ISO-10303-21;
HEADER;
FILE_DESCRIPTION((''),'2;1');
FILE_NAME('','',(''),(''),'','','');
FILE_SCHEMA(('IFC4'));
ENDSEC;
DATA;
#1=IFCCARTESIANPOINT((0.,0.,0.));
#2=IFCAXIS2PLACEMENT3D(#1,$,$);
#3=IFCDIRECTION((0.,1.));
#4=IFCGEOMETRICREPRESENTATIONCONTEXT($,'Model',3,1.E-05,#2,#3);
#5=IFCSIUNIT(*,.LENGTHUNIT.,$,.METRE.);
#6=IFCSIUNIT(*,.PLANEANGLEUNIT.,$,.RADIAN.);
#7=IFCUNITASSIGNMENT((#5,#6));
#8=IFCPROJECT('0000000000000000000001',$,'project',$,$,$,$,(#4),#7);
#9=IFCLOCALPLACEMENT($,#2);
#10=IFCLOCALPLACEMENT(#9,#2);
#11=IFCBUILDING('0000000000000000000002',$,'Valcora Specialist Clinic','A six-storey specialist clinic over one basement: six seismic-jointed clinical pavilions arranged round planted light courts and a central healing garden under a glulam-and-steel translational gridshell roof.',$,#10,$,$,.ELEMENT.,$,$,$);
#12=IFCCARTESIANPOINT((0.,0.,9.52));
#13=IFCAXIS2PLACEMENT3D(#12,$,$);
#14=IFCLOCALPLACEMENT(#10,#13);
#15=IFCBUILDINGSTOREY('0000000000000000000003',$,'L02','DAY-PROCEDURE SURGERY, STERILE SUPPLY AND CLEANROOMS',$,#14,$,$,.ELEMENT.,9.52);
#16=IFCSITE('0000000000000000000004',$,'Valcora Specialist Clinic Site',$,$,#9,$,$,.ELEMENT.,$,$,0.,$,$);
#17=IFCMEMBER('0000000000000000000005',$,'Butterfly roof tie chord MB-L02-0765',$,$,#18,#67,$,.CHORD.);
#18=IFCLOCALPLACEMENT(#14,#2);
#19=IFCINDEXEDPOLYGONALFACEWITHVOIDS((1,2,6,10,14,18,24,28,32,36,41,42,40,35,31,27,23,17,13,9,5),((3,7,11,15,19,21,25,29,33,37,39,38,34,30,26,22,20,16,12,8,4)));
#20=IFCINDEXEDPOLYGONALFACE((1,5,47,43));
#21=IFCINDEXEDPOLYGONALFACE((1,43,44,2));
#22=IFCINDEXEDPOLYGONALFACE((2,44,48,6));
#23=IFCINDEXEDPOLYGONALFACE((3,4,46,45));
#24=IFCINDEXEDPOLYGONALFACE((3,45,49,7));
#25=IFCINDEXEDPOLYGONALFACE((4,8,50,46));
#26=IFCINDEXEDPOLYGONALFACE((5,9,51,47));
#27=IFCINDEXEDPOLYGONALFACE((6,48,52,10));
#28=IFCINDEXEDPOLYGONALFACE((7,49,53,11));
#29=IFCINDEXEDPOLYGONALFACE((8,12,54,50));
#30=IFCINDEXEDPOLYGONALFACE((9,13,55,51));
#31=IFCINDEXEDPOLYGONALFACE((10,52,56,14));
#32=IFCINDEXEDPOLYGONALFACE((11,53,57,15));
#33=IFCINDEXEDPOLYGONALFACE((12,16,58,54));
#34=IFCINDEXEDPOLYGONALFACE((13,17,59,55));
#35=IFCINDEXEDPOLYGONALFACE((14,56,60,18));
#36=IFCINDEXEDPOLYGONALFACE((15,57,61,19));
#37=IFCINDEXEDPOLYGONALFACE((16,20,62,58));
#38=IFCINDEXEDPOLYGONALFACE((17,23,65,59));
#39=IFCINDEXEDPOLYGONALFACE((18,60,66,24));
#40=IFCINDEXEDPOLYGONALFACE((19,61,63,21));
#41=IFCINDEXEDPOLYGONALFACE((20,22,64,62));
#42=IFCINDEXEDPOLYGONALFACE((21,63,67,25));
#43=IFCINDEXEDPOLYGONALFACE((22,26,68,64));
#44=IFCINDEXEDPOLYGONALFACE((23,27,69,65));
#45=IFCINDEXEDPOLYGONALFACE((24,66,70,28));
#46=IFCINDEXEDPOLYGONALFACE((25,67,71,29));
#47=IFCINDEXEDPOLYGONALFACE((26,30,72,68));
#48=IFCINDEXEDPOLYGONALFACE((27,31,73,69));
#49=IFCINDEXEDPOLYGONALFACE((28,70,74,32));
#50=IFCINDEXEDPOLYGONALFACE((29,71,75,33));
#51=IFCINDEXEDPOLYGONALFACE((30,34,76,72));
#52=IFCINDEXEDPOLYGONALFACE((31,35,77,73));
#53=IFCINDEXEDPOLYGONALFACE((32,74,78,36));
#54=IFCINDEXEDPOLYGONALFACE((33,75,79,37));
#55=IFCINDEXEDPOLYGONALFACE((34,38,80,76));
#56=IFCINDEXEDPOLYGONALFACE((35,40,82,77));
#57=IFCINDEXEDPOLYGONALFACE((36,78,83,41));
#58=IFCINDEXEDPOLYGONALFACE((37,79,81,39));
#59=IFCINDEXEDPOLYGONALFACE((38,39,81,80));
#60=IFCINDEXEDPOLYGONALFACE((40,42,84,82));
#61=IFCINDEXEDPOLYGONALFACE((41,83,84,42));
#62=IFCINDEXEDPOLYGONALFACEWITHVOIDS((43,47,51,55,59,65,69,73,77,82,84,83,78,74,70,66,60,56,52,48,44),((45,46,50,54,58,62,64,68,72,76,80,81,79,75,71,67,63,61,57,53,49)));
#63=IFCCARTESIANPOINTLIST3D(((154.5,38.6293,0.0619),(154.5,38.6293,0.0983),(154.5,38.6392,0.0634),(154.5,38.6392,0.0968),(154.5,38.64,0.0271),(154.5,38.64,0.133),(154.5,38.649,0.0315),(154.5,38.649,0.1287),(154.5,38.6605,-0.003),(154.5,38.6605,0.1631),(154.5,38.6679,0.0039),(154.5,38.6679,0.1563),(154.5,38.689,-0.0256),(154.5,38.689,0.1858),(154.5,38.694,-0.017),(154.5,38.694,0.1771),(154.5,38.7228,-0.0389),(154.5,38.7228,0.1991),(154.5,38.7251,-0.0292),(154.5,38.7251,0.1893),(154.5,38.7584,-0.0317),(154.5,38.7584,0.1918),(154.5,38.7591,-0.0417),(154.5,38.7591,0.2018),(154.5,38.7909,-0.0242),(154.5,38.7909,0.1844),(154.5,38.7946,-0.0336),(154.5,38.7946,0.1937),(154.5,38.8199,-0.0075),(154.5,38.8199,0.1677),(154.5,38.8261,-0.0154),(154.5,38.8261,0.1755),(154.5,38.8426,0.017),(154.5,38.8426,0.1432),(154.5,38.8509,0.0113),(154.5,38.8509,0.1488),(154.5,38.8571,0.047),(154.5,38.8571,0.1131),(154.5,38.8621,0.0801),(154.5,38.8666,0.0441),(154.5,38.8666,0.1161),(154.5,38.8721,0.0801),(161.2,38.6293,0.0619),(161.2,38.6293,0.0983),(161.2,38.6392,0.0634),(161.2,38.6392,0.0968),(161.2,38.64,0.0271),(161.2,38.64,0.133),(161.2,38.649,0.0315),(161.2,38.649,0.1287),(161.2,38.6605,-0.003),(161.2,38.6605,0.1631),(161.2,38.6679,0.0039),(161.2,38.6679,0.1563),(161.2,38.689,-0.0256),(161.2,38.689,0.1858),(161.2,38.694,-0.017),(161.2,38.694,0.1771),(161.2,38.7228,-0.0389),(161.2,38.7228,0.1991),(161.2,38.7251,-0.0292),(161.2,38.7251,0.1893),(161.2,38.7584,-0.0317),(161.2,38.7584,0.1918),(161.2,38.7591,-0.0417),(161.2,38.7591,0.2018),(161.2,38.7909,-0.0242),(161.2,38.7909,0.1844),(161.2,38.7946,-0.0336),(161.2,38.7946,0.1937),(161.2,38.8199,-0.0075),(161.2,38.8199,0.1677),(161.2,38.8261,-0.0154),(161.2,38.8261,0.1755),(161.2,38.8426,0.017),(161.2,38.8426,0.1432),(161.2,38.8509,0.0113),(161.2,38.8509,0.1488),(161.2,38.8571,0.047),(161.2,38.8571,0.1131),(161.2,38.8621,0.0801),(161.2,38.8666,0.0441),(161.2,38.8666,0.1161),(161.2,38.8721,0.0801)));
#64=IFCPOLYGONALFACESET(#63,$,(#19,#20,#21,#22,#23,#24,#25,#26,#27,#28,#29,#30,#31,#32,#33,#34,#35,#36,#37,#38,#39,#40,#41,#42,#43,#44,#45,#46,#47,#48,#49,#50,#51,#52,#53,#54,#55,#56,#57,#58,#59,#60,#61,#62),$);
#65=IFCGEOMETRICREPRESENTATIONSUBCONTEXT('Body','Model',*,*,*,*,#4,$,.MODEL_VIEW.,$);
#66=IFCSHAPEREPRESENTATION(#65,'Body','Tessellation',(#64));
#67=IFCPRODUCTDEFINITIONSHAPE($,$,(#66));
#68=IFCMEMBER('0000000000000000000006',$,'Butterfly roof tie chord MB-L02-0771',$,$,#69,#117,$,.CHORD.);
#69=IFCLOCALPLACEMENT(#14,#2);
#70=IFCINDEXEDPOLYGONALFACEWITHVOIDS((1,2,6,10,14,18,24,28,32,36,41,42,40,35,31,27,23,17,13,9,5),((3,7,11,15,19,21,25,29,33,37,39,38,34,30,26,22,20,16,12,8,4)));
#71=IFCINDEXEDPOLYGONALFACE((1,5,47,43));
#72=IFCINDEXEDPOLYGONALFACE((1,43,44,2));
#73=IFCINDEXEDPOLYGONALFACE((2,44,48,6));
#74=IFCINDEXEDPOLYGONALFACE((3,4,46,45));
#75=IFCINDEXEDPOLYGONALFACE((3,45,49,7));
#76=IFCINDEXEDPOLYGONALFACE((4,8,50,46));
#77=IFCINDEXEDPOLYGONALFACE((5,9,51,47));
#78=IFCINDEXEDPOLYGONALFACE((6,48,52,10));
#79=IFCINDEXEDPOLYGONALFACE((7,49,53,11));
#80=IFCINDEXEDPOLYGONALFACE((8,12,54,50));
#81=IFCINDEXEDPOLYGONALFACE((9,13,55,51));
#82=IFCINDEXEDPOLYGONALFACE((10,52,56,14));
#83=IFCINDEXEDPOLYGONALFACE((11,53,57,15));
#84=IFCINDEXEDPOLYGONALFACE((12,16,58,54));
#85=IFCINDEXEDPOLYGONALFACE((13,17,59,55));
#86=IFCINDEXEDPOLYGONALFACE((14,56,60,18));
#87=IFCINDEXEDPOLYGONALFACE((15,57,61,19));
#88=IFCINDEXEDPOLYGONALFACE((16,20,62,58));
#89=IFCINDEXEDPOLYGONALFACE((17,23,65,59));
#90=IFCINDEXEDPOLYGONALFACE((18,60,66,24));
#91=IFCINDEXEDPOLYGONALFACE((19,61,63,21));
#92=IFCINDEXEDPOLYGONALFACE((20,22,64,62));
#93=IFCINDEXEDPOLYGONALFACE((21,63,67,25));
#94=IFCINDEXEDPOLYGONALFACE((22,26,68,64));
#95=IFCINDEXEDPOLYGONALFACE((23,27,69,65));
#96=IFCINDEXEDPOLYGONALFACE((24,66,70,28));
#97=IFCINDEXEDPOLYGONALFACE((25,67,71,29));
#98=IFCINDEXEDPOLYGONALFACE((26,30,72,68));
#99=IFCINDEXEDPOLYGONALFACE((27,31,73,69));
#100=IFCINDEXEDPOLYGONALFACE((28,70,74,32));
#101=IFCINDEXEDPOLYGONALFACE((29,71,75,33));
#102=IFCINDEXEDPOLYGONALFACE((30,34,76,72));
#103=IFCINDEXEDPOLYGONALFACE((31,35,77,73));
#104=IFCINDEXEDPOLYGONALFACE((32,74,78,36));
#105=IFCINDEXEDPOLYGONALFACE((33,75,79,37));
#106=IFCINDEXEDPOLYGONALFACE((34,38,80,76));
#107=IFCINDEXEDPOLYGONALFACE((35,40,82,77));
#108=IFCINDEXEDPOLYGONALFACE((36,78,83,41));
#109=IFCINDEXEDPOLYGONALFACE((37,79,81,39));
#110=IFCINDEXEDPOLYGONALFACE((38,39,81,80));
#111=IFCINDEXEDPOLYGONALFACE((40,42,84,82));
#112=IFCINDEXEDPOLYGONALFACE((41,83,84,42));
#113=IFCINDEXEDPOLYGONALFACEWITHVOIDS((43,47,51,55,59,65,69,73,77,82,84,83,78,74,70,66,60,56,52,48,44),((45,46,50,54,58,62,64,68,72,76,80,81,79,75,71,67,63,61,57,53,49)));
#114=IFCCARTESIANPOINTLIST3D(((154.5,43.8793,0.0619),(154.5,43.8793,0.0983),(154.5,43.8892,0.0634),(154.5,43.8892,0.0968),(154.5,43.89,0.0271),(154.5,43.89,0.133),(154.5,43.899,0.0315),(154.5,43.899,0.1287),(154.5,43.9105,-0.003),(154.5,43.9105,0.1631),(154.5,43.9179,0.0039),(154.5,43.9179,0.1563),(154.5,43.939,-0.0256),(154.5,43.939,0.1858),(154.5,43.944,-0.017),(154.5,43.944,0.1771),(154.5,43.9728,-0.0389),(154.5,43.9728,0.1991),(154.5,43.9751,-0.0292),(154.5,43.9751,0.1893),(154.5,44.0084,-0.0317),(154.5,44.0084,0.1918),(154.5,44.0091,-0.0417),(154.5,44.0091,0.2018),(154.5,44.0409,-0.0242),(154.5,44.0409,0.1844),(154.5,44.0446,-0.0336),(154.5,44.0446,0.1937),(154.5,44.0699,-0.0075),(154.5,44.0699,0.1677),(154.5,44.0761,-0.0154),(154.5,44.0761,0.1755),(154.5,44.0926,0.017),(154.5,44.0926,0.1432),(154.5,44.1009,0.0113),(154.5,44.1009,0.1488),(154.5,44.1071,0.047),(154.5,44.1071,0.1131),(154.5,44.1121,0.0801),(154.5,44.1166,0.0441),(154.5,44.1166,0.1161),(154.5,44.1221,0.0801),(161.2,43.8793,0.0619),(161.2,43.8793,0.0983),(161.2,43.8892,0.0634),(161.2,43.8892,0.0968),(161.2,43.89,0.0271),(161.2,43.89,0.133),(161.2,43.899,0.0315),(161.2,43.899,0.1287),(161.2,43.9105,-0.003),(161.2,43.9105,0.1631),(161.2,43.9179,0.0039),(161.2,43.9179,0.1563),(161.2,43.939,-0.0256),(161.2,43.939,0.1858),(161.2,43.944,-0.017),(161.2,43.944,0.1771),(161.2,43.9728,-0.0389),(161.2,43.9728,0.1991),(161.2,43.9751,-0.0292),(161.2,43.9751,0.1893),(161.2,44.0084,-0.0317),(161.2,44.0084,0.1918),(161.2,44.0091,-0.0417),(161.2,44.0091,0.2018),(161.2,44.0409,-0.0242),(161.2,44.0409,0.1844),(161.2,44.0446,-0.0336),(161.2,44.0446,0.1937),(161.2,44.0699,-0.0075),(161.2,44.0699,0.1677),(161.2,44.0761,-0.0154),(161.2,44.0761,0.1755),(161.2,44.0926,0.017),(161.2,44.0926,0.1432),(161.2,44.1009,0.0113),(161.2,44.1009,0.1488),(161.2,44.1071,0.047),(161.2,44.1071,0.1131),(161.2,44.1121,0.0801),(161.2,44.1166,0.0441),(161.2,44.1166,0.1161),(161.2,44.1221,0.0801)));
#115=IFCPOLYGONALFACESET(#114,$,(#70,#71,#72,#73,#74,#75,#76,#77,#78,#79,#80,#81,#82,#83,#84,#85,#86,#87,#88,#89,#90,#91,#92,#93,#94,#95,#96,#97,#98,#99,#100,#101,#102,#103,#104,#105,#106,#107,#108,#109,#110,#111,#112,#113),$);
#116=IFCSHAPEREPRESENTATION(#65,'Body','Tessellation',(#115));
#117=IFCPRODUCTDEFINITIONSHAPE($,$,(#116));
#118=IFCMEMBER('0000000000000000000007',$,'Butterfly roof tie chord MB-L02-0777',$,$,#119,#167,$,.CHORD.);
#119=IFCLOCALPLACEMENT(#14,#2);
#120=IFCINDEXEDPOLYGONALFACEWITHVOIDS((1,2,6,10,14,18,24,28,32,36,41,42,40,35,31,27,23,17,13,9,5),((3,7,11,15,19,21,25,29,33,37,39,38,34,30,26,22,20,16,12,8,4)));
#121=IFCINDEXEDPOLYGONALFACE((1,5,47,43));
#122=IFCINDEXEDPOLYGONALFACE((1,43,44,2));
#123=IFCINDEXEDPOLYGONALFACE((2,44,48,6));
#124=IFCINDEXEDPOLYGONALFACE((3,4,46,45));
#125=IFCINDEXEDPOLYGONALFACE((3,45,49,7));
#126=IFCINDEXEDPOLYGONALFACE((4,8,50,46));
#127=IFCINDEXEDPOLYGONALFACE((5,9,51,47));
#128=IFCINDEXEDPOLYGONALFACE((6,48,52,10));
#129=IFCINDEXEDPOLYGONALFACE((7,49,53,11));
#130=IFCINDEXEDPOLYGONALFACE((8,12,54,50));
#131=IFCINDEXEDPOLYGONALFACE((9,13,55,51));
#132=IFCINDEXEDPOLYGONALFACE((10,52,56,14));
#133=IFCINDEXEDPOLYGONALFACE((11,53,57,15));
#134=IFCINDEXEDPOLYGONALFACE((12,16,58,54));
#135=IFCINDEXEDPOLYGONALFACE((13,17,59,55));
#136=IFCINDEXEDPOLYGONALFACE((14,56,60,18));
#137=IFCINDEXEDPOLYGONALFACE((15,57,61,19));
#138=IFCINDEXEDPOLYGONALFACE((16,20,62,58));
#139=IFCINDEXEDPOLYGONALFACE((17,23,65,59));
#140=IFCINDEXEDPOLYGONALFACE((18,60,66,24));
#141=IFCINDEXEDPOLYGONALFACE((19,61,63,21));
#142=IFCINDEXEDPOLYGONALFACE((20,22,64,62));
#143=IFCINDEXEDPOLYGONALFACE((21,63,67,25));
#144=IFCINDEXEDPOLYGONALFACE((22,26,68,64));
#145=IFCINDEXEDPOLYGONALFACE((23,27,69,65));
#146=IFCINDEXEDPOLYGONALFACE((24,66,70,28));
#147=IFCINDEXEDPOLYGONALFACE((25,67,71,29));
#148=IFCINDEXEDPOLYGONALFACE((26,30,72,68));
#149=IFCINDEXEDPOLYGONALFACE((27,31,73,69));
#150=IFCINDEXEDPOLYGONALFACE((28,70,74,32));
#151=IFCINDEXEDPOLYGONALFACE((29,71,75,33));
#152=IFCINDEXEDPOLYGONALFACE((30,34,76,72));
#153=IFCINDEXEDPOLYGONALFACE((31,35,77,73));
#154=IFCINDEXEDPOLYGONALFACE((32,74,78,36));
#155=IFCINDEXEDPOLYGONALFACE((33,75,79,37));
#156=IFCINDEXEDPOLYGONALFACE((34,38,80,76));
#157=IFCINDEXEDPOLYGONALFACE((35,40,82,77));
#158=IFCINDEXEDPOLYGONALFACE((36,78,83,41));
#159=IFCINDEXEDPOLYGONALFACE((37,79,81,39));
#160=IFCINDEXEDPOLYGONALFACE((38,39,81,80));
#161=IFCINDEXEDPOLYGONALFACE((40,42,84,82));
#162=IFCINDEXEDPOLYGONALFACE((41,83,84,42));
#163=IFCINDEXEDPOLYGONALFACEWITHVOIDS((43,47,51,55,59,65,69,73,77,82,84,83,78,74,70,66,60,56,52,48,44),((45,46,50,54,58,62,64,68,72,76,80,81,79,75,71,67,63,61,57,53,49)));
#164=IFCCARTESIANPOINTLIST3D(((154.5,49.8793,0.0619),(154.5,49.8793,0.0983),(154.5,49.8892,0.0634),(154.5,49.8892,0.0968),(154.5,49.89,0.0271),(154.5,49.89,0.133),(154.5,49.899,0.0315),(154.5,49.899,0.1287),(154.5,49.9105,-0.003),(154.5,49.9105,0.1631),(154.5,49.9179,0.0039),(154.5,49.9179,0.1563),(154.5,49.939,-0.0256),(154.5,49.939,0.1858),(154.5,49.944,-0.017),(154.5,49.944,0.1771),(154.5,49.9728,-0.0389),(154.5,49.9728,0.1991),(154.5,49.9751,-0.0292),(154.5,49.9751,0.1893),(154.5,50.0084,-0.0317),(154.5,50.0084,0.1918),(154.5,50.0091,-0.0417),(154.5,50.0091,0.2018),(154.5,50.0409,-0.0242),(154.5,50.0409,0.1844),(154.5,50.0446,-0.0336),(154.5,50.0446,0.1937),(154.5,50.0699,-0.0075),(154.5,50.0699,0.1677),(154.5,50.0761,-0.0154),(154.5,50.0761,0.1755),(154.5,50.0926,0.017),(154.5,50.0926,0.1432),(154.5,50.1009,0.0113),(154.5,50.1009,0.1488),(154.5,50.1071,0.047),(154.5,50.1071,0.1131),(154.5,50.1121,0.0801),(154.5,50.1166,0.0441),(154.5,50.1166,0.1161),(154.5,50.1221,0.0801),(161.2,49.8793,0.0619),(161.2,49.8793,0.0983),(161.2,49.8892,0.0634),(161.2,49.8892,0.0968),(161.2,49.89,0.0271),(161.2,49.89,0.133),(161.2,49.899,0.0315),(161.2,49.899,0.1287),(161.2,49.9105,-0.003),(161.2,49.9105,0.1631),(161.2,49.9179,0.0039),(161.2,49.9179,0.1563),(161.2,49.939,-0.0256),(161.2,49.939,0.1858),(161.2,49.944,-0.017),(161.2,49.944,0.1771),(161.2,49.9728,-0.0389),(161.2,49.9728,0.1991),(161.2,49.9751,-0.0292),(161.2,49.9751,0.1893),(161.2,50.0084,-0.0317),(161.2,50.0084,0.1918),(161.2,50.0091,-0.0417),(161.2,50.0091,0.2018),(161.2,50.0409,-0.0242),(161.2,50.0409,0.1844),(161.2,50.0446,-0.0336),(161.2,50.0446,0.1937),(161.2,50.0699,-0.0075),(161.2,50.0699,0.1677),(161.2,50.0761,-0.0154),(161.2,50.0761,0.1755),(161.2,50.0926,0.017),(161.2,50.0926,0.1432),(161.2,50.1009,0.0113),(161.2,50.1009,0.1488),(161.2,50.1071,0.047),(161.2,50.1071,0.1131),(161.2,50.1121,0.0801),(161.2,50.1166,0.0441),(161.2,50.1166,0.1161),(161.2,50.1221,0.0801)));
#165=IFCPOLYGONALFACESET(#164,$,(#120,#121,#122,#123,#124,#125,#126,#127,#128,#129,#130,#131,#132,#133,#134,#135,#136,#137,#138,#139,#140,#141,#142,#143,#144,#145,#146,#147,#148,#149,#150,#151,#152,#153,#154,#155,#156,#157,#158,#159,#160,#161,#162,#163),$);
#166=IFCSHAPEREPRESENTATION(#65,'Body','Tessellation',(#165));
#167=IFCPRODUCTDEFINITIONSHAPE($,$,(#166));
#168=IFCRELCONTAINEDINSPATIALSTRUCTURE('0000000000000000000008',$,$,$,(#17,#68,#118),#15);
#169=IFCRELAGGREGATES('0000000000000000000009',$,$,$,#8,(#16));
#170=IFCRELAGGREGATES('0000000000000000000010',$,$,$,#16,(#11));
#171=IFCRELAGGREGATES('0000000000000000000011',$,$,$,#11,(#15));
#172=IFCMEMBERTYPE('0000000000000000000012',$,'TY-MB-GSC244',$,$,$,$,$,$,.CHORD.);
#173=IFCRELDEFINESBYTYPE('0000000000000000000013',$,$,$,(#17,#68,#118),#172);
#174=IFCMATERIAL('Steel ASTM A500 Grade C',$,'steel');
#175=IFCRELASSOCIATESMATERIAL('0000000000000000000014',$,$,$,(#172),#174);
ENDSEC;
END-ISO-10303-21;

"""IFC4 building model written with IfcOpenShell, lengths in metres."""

from ifc_helpers import new_model, si_unit, direction, frame, origin, origin_2d, place, context, subcontext, project, spatial, hollow_circle, extrude, material, material_profile, profile_set, type_object, element, save


model = new_model("IFC4")

# Units and contexts
model_context = context("Model", 3, precision=1e-05, world=origin(), true_north=direction((0.0, 1.0)))
body_context = subcontext(model_context, "Body", "Model", "MODEL_VIEW")
ifc_project = project(units=[si_unit("LENGTHUNIT", "METRE"), si_unit("PLANEANGLEUNIT", "RADIAN")], contexts=[model_context])

# Site, building, storey
site_placement = place(None, origin())
site = spatial("IfcSite", under=ifc_project, at=site_placement, Name="Valcora Specialist Clinic Site", CompositionType="ELEMENT", RefElevation=0.0)
building_placement = place(site_placement, origin())
building = spatial("IfcBuilding", under=site, at=building_placement, Name="Valcora Specialist Clinic", Description="A six-storey specialist clinic over one basement: six seismic-jointed clinical pavilions arranged round planted light courts and a central healing garden under a glulam-and-steel translational gridshell roof.", CompositionType="ELEMENT")
storey_placement = place(building_placement, frame((0.0, 0.0, 9.52)))
storey = spatial("IfcBuildingStorey", under=building, at=storey_placement, Name="L02", Description="DAY-PROCEDURE SURGERY, STERILE SUPPLY AND CLEANROOMS", CompositionType="ELEMENT", Elevation=9.52)

# Shared definitions
ifc_material_1 = material(Name="Steel ASTM A500 Grade C", Category="steel")

# Members
ifc_material_profile_1 = material_profile(ifc_material_1, hollow_circle(Radius=0.1221, WallThickness=0.01, at=origin_2d()), Name="ST-CHS-244X10")
ifc_profile_set_1 = profile_set([ifc_material_profile_1], Name="Steel ASTM A500 Grade C")
member_type_1 = type_object("IfcMemberType", Name="TY-MB-GSC244", PredefinedType="CHORD", material=ifc_profile_set_1)
for number, where, z_axis, x_axis, name in (
    (1, (154.5, 38.75, 0.0801), (1.0, 0.0, 0.0), (0.0, 1.0, 0.0), "Butterfly roof tie chord MB-L02-0765"),
    (2, (154.5, 44.0, 0.0801), (1.0, 0.0, 0.0), (0.0, 1.0, 0.0), "Butterfly roof tie chord MB-L02-0771"),
    (3, (154.5, 50.0, 0.0801), (1.0, 0.0, 0.0), (0.0, 1.0, 0.0), "Butterfly roof tie chord MB-L02-0777"),
):
    element("IfcMember", number, at=place(storey_placement, frame(where, z_axis=z_axis, x_axis=x_axis)), inside=storey, type_object=member_type_1, Name=name, PredefinedType="CHORD", context=body_context, shape_type="SweptSolid", body=[
        extrude(hollow_circle(Radius=0.1221, WallThickness=0.01, at=origin_2d()), origin(), (0.0, 0.0, 1.0), 6.7),
    ])

save(model, "model.ifc")
